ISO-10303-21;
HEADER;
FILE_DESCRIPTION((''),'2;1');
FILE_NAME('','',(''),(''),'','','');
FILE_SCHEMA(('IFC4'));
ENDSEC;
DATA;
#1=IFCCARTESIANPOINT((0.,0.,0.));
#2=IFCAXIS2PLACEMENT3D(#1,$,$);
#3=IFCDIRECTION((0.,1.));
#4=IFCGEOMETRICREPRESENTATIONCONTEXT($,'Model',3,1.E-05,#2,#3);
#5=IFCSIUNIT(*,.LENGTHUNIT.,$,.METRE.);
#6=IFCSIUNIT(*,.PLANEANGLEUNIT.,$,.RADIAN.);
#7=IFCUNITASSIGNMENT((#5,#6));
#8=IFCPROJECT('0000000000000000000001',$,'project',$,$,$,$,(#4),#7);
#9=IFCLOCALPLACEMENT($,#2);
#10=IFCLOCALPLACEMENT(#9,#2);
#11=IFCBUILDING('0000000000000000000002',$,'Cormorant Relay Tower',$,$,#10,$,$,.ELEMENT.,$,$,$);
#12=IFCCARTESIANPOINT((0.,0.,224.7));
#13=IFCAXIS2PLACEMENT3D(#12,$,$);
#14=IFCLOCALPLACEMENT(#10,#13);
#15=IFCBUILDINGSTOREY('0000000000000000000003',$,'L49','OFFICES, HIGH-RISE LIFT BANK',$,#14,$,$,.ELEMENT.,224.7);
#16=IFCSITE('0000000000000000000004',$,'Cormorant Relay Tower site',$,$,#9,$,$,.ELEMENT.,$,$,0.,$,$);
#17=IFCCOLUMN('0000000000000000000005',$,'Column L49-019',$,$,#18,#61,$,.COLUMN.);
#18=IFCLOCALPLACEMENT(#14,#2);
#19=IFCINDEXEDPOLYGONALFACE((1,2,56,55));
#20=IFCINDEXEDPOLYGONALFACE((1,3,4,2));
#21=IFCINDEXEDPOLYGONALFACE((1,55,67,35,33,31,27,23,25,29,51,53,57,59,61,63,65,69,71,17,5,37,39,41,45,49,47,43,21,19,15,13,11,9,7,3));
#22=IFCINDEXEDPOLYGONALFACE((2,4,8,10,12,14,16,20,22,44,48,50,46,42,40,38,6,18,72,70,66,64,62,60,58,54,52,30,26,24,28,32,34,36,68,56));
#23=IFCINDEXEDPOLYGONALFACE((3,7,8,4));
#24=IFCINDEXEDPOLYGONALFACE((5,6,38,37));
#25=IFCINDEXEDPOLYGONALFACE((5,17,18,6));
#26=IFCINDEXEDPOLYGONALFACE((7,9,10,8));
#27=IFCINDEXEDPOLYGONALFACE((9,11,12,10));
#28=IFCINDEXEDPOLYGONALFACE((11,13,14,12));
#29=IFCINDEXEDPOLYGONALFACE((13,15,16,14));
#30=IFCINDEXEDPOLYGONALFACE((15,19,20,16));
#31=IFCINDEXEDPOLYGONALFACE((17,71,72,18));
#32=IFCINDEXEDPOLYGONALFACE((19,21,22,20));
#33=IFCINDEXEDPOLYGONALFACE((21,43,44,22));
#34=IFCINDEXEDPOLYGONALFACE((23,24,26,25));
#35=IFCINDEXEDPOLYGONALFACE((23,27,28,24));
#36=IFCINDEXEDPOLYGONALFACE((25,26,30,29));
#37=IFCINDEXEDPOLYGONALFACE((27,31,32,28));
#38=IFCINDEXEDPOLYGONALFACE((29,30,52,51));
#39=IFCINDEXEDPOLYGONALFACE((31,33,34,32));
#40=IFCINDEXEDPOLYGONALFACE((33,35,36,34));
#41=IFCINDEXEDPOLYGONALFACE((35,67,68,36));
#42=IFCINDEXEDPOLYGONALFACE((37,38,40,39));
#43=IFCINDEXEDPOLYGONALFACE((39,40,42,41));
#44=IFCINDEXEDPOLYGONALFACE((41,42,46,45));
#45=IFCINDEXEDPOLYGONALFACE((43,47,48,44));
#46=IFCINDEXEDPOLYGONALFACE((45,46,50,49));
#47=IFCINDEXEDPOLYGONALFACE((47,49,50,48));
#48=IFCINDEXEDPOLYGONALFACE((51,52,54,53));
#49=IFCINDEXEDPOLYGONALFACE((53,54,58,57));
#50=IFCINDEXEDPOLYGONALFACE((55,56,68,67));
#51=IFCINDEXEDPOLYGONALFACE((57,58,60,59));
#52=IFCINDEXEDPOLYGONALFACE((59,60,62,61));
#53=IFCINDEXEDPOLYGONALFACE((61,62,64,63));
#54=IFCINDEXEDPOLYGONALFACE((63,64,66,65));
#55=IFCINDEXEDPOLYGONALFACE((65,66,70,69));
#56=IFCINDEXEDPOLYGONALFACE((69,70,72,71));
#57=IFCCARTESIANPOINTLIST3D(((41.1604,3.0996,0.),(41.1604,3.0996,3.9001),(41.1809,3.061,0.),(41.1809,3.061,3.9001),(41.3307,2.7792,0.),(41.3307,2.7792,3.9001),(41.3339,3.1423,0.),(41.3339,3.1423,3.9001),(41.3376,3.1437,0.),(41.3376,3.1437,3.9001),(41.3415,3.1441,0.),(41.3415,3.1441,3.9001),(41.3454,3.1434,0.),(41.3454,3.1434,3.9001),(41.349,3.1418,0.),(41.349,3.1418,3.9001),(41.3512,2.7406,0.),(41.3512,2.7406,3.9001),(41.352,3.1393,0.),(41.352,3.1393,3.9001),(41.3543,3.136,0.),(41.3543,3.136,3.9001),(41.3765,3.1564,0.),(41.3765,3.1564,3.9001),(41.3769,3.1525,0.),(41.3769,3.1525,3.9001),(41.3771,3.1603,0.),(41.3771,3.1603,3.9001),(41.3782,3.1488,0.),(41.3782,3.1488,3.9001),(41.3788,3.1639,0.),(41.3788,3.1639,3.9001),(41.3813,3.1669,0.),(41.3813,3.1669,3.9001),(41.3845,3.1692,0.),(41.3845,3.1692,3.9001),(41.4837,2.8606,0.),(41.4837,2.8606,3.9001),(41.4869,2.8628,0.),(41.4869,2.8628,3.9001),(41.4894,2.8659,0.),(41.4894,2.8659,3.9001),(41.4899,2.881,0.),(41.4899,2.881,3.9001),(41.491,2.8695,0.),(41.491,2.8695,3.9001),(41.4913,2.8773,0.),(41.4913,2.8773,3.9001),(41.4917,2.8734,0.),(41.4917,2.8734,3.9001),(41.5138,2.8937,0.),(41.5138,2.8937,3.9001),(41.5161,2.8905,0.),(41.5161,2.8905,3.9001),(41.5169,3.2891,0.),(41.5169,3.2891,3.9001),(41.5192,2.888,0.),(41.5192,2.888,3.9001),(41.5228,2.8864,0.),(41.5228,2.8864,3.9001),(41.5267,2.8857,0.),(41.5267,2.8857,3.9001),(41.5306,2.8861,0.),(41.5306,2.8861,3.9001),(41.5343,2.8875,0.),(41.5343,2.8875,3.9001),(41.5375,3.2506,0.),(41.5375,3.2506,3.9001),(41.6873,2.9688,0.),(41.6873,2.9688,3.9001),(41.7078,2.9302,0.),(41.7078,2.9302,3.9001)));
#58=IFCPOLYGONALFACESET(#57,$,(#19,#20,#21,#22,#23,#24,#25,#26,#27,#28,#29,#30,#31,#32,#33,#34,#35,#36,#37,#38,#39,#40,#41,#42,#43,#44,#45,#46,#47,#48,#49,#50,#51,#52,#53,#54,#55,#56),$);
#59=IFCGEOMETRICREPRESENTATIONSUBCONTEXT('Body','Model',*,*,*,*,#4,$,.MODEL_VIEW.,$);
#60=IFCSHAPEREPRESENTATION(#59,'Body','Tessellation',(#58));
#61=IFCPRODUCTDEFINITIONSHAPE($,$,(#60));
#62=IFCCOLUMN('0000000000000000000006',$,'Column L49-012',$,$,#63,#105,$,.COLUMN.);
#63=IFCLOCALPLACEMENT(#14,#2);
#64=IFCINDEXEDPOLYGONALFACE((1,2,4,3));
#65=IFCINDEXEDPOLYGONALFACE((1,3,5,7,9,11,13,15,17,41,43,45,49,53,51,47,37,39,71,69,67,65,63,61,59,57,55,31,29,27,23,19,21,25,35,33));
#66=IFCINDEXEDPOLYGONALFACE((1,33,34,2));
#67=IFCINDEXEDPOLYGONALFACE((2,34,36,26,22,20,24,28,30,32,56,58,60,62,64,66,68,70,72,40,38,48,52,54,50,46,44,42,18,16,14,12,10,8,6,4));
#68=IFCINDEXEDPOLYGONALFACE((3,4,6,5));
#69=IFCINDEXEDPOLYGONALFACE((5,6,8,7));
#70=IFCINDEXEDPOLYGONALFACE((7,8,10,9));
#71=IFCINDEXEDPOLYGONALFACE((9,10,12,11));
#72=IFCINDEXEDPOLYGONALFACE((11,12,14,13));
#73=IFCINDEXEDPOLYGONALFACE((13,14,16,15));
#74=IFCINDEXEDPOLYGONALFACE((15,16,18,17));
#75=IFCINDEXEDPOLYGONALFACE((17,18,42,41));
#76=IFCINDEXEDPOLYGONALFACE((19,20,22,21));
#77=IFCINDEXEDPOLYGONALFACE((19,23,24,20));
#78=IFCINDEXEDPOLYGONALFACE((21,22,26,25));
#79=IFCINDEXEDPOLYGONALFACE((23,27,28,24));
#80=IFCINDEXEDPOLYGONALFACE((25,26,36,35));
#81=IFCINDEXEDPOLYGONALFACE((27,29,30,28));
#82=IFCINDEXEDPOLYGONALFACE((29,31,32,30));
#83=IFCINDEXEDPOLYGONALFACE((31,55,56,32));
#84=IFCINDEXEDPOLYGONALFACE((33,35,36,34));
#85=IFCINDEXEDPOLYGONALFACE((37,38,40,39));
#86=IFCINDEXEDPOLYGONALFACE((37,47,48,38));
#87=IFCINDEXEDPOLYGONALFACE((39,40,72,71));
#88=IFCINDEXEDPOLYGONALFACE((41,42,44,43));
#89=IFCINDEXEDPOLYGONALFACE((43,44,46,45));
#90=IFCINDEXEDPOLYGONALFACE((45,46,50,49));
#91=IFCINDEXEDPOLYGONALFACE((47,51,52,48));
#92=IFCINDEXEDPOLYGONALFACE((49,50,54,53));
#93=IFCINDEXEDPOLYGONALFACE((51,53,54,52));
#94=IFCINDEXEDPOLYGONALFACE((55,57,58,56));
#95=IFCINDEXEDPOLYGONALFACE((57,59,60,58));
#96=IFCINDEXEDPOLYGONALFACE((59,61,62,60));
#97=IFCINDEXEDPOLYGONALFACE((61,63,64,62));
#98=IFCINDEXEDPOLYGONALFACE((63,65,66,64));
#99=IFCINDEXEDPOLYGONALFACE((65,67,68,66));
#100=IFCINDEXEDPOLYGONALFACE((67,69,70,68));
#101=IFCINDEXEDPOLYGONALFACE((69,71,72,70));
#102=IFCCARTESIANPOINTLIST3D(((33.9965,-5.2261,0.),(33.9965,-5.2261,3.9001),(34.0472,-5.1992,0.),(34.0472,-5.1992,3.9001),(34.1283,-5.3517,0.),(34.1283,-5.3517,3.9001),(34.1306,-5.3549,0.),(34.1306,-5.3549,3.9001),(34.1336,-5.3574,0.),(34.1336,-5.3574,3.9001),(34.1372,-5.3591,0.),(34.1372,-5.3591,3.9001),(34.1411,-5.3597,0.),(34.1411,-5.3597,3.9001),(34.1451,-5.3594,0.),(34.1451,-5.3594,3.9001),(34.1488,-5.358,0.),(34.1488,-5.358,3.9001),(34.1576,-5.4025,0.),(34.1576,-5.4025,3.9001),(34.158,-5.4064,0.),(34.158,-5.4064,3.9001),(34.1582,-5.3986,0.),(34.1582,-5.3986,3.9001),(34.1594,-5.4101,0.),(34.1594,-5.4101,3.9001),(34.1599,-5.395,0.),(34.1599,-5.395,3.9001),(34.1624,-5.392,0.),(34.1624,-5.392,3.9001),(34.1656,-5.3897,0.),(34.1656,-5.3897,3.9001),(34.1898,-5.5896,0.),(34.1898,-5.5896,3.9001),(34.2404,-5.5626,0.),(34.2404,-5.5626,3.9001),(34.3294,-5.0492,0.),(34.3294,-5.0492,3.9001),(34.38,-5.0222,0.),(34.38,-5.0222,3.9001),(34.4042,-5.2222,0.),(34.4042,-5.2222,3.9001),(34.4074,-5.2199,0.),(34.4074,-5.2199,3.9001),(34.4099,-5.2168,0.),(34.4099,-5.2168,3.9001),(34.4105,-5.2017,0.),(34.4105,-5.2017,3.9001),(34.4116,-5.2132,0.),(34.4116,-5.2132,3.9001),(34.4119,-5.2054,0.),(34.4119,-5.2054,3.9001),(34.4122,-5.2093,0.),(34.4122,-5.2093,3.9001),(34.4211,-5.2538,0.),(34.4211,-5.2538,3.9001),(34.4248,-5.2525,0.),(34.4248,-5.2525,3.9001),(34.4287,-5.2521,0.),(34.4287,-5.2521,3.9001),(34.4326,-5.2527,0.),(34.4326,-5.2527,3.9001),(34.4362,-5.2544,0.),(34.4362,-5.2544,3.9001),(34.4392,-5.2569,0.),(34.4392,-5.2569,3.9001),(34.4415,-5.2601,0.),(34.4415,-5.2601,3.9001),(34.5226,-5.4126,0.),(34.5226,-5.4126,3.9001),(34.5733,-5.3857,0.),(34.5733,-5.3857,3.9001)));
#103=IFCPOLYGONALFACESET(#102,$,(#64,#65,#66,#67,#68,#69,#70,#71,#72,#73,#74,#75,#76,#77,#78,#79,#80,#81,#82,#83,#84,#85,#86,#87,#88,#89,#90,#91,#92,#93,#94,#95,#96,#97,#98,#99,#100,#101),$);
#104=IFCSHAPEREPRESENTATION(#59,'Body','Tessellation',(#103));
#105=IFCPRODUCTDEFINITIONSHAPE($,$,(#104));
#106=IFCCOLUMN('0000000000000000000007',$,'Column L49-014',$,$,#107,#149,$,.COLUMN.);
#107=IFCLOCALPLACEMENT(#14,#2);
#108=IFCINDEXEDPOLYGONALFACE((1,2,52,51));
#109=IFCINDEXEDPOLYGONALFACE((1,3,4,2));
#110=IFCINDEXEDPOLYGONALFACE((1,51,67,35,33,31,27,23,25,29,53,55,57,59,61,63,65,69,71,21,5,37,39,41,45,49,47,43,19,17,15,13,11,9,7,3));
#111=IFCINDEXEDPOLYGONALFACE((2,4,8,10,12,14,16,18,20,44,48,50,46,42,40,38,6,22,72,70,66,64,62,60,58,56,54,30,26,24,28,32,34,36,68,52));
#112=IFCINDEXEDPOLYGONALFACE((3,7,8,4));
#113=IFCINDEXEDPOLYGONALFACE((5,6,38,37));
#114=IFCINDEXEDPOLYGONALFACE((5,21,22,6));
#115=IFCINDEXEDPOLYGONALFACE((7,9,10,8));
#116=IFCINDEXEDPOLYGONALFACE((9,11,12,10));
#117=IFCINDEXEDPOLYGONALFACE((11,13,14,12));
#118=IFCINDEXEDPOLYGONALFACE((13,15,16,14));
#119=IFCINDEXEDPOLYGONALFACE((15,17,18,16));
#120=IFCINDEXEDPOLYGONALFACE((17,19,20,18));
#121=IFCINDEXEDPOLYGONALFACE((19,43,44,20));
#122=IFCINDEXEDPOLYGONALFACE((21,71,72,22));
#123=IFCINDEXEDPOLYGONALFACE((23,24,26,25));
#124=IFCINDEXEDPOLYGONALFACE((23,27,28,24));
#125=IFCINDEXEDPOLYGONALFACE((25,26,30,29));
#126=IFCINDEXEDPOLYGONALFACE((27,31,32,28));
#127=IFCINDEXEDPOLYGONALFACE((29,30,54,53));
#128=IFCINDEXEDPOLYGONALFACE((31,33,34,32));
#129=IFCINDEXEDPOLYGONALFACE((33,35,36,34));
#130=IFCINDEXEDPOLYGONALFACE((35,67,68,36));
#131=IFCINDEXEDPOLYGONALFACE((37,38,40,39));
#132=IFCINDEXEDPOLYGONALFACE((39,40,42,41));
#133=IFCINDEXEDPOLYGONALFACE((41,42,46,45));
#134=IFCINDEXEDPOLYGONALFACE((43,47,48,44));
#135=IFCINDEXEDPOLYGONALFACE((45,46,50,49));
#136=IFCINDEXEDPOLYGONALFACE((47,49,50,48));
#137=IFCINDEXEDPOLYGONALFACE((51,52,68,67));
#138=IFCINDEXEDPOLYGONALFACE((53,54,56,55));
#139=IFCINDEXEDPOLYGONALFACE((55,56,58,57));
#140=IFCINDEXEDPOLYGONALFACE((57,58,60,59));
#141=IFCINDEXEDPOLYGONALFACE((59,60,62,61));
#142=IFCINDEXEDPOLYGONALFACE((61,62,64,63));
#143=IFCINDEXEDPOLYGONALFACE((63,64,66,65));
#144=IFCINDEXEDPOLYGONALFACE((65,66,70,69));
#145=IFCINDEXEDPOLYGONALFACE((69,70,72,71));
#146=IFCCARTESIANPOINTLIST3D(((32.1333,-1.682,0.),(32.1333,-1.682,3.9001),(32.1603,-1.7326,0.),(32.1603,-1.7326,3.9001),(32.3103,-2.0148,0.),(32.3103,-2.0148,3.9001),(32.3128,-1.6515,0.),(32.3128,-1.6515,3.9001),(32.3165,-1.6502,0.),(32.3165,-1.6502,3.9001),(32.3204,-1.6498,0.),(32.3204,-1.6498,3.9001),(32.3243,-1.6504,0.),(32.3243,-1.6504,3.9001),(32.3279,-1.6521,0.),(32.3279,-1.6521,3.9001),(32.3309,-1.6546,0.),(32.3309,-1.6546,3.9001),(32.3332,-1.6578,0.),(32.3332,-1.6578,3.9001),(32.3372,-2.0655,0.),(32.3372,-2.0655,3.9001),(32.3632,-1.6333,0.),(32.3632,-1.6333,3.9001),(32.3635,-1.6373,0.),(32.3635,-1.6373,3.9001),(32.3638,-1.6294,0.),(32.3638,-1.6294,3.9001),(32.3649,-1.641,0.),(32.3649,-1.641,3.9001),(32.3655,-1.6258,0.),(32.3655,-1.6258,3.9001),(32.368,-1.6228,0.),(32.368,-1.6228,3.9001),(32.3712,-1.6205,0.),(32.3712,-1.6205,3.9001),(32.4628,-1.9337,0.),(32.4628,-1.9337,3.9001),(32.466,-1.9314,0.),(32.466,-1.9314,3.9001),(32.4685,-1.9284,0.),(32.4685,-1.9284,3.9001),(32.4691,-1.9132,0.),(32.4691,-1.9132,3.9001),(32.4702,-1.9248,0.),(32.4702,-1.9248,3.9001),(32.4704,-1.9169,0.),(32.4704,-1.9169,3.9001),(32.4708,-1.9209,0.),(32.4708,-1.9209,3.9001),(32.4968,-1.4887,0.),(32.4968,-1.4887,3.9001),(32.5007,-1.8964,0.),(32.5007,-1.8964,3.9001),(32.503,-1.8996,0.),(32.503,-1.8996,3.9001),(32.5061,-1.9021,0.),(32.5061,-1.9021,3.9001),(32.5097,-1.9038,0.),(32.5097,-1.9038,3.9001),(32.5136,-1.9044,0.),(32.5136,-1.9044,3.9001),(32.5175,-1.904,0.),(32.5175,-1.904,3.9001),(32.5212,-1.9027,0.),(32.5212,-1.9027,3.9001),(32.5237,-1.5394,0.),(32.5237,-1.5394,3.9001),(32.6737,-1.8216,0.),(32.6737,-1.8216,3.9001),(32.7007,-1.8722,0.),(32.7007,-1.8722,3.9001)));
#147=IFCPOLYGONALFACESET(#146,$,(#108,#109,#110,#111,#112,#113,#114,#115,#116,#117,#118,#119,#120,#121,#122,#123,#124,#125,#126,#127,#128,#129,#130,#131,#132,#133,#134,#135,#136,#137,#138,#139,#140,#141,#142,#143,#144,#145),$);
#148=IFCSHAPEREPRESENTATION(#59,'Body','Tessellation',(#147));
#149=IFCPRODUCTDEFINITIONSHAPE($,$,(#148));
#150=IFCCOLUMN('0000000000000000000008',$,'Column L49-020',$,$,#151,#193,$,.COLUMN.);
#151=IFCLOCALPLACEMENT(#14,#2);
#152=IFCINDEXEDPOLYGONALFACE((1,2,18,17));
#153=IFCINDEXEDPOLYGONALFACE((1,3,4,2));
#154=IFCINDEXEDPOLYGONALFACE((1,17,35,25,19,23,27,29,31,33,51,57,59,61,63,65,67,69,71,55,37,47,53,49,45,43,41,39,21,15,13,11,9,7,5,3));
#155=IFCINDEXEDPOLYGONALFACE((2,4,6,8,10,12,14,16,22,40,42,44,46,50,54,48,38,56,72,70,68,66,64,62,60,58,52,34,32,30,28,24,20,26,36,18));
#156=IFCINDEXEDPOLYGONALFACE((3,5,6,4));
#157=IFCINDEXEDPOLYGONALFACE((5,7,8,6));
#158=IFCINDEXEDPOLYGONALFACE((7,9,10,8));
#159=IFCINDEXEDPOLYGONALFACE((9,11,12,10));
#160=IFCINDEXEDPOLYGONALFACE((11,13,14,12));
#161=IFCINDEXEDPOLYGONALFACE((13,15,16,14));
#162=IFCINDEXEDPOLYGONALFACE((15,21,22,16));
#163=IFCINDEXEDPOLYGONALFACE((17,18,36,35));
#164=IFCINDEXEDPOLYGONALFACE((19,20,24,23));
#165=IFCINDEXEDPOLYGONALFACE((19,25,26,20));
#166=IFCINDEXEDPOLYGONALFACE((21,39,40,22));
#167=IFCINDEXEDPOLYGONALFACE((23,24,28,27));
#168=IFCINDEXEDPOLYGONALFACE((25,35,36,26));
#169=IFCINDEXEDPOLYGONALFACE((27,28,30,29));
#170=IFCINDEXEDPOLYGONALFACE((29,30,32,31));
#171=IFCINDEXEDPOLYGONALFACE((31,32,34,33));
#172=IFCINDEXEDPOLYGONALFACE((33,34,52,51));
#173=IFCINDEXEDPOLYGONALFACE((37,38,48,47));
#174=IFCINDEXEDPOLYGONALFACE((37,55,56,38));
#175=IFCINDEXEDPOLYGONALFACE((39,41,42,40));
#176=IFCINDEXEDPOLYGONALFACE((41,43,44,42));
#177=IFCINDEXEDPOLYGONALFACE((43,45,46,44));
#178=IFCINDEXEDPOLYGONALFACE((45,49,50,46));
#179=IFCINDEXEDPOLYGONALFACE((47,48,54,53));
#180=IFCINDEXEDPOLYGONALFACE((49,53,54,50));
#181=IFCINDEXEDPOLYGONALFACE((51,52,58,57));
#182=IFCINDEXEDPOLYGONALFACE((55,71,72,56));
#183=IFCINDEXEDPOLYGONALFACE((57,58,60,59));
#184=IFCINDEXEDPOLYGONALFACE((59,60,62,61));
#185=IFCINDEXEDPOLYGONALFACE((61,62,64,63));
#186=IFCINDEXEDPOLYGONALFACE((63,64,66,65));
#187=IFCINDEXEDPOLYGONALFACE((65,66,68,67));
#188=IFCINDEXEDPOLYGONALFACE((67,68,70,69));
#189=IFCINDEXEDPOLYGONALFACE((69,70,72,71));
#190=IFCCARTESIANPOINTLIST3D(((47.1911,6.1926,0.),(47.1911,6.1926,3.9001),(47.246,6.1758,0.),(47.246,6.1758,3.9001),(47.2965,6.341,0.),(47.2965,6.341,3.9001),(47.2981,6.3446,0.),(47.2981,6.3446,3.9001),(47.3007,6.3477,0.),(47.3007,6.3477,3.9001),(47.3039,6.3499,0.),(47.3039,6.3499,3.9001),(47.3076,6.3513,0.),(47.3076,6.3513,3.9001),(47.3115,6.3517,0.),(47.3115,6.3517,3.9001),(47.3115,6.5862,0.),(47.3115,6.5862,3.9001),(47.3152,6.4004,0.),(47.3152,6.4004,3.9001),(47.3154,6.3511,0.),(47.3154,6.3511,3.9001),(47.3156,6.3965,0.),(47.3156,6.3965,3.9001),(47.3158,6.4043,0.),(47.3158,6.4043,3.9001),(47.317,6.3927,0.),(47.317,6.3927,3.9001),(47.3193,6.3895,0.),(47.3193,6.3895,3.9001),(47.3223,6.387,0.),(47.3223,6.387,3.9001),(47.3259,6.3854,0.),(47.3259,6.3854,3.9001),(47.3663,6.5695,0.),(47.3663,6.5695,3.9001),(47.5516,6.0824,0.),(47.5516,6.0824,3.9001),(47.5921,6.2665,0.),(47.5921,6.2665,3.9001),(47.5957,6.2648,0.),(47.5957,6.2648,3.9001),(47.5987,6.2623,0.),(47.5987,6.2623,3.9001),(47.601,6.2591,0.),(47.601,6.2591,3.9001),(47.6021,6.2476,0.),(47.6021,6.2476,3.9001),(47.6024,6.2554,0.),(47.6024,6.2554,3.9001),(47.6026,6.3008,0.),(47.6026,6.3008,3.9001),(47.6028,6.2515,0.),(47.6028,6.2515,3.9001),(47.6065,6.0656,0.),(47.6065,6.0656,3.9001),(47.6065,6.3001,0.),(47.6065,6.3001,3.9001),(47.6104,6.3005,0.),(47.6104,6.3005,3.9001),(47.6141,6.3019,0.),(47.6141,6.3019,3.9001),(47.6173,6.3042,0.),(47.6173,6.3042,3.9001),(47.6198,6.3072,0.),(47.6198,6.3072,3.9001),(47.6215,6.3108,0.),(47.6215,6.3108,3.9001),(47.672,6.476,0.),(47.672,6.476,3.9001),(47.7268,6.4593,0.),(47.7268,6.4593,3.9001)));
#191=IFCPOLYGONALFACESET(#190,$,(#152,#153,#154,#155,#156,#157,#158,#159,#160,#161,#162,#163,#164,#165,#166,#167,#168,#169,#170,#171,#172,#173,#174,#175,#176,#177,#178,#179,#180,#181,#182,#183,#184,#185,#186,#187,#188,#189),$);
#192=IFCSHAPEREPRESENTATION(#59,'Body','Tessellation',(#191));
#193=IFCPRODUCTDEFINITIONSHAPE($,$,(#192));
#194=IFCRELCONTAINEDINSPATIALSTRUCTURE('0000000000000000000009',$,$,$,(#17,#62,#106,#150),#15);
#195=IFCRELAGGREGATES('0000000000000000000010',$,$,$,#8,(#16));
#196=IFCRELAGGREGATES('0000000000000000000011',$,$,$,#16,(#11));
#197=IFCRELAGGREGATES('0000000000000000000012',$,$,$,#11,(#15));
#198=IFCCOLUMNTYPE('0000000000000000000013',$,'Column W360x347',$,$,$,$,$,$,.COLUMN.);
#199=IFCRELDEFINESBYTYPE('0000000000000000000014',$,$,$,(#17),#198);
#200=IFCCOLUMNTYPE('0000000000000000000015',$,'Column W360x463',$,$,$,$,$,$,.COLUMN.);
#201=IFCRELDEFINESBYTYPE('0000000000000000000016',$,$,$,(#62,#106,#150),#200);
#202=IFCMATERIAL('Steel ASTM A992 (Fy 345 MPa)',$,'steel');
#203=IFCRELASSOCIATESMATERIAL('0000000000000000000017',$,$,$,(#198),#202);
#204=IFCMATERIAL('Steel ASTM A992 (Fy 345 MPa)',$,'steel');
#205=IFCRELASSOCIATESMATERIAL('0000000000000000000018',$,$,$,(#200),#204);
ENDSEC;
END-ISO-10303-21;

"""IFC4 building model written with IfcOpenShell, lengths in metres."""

from ifc_helpers import new_model, si_unit, direction, frame, origin, origin_2d, place, context, subcontext, project, spatial, i_section, extrude, material, material_profile, profile_set, type_object, element, save


model = new_model("IFC4")

# Units and contexts
model_context = context("Model", 3, precision=1e-05, world=origin(), true_north=direction((0.0, 1.0)))
body_context = subcontext(model_context, "Body", "Model", "MODEL_VIEW")
ifc_project = project(units=[si_unit("LENGTHUNIT", "METRE"), si_unit("PLANEANGLEUNIT", "RADIAN")], contexts=[model_context])

# Site, building, storey
site_placement = place(None, origin())
site = spatial("IfcSite", under=ifc_project, at=site_placement, Name="Cormorant Relay Tower site", CompositionType="ELEMENT", RefElevation=0.0)
building_placement = place(site_placement, origin())
building = spatial("IfcBuilding", under=site, at=building_placement, Name="Cormorant Relay Tower", CompositionType="ELEMENT")
storey_placement = place(building_placement, frame((0.0, 0.0, 224.7)))
storey = spatial("IfcBuildingStorey", under=building, at=storey_placement, Name="L49", Description="OFFICES, HIGH-RISE LIFT BANK", CompositionType="ELEMENT", Elevation=224.7)

# Columns
ifc_material_1 = material(Name="Steel ASTM A992 (Fy 345 MPa)", Category="steel")
ifc_material_profile_1 = material_profile(ifc_material_1, i_section(OverallWidth=0.4038, OverallDepth=0.4065, WebThickness=0.0271, FlangeThickness=0.0437, FilletRadius=0.0151, at=origin_2d()), Name="W360x347")
ifc_profile_set_1 = profile_set([ifc_material_profile_1], Name="Steel ASTM A992 (Fy 345 MPa)")
column_type_1 = type_object("IfcColumnType", Name="Column W360x347", PredefinedType="COLUMN", material=ifc_profile_set_1)
column_placement = place(storey_placement, frame((41.4341, 3.0149, 0.0), z_axis=(0.0, 0.0, 1.0), x_axis=(0.882948, 0.469472, 0.0)))
element("IfcColumn", 1, at=column_placement, inside=storey, type_object=column_type_1, Name="Column L49-019", PredefinedType="COLUMN", context=body_context, shape_type="SweptSolid", body=[
    extrude(i_section(OverallWidth=0.4038, OverallDepth=0.4065, WebThickness=0.0271, FlangeThickness=0.0437, FilletRadius=0.0151, at=origin_2d()), origin(), (0.0, 0.0, 1.0), 3.9001),
])
ifc_material_2 = material(Name="Steel ASTM A992 (Fy 345 MPa)", Category="steel")
ifc_material_profile_2 = material_profile(ifc_material_2, i_section(OverallWidth=0.4116, OverallDepth=0.4343, WebThickness=0.0359, FlangeThickness=0.0574, FilletRadius=0.0151, at=origin_2d()), Name="W360x463")
ifc_profile_set_2 = profile_set([ifc_material_profile_2], Name="Steel ASTM A992 (Fy 345 MPa)")
column_type_2 = type_object("IfcColumnType", Name="Column W360x463", PredefinedType="COLUMN", material=ifc_profile_set_2)
for number, where, z_axis, x_axis, name in (
    (2, (34.2849, -5.3059, 0.0), (0.0, 0.0, 1.0), (-0.469472, 0.882948, 0.0), "Column L49-012"),
    (3, (32.417, -1.7771, 0.0), (0.0, 0.0, 1.0), (0.882948, 0.469472, 0.0), "Column L49-014"),
    (4, (47.459, 6.3259, 0.0), (0.0, 0.0, 1.0), (0.292372, 0.956305, 0.0), "Column L49-020"),
):
    element("IfcColumn", number, at=place(storey_placement, frame(where, z_axis=z_axis, x_axis=x_axis)), inside=storey, type_object=column_type_2, Name=name, PredefinedType="COLUMN", context=body_context, shape_type="SweptSolid", body=[
        extrude(i_section(OverallWidth=0.4116, OverallDepth=0.4343, WebThickness=0.0359, FlangeThickness=0.0574, FilletRadius=0.0151, at=origin_2d()), origin(), (0.0, 0.0, 1.0), 3.9001),
    ])

save(model, "model.ifc")
